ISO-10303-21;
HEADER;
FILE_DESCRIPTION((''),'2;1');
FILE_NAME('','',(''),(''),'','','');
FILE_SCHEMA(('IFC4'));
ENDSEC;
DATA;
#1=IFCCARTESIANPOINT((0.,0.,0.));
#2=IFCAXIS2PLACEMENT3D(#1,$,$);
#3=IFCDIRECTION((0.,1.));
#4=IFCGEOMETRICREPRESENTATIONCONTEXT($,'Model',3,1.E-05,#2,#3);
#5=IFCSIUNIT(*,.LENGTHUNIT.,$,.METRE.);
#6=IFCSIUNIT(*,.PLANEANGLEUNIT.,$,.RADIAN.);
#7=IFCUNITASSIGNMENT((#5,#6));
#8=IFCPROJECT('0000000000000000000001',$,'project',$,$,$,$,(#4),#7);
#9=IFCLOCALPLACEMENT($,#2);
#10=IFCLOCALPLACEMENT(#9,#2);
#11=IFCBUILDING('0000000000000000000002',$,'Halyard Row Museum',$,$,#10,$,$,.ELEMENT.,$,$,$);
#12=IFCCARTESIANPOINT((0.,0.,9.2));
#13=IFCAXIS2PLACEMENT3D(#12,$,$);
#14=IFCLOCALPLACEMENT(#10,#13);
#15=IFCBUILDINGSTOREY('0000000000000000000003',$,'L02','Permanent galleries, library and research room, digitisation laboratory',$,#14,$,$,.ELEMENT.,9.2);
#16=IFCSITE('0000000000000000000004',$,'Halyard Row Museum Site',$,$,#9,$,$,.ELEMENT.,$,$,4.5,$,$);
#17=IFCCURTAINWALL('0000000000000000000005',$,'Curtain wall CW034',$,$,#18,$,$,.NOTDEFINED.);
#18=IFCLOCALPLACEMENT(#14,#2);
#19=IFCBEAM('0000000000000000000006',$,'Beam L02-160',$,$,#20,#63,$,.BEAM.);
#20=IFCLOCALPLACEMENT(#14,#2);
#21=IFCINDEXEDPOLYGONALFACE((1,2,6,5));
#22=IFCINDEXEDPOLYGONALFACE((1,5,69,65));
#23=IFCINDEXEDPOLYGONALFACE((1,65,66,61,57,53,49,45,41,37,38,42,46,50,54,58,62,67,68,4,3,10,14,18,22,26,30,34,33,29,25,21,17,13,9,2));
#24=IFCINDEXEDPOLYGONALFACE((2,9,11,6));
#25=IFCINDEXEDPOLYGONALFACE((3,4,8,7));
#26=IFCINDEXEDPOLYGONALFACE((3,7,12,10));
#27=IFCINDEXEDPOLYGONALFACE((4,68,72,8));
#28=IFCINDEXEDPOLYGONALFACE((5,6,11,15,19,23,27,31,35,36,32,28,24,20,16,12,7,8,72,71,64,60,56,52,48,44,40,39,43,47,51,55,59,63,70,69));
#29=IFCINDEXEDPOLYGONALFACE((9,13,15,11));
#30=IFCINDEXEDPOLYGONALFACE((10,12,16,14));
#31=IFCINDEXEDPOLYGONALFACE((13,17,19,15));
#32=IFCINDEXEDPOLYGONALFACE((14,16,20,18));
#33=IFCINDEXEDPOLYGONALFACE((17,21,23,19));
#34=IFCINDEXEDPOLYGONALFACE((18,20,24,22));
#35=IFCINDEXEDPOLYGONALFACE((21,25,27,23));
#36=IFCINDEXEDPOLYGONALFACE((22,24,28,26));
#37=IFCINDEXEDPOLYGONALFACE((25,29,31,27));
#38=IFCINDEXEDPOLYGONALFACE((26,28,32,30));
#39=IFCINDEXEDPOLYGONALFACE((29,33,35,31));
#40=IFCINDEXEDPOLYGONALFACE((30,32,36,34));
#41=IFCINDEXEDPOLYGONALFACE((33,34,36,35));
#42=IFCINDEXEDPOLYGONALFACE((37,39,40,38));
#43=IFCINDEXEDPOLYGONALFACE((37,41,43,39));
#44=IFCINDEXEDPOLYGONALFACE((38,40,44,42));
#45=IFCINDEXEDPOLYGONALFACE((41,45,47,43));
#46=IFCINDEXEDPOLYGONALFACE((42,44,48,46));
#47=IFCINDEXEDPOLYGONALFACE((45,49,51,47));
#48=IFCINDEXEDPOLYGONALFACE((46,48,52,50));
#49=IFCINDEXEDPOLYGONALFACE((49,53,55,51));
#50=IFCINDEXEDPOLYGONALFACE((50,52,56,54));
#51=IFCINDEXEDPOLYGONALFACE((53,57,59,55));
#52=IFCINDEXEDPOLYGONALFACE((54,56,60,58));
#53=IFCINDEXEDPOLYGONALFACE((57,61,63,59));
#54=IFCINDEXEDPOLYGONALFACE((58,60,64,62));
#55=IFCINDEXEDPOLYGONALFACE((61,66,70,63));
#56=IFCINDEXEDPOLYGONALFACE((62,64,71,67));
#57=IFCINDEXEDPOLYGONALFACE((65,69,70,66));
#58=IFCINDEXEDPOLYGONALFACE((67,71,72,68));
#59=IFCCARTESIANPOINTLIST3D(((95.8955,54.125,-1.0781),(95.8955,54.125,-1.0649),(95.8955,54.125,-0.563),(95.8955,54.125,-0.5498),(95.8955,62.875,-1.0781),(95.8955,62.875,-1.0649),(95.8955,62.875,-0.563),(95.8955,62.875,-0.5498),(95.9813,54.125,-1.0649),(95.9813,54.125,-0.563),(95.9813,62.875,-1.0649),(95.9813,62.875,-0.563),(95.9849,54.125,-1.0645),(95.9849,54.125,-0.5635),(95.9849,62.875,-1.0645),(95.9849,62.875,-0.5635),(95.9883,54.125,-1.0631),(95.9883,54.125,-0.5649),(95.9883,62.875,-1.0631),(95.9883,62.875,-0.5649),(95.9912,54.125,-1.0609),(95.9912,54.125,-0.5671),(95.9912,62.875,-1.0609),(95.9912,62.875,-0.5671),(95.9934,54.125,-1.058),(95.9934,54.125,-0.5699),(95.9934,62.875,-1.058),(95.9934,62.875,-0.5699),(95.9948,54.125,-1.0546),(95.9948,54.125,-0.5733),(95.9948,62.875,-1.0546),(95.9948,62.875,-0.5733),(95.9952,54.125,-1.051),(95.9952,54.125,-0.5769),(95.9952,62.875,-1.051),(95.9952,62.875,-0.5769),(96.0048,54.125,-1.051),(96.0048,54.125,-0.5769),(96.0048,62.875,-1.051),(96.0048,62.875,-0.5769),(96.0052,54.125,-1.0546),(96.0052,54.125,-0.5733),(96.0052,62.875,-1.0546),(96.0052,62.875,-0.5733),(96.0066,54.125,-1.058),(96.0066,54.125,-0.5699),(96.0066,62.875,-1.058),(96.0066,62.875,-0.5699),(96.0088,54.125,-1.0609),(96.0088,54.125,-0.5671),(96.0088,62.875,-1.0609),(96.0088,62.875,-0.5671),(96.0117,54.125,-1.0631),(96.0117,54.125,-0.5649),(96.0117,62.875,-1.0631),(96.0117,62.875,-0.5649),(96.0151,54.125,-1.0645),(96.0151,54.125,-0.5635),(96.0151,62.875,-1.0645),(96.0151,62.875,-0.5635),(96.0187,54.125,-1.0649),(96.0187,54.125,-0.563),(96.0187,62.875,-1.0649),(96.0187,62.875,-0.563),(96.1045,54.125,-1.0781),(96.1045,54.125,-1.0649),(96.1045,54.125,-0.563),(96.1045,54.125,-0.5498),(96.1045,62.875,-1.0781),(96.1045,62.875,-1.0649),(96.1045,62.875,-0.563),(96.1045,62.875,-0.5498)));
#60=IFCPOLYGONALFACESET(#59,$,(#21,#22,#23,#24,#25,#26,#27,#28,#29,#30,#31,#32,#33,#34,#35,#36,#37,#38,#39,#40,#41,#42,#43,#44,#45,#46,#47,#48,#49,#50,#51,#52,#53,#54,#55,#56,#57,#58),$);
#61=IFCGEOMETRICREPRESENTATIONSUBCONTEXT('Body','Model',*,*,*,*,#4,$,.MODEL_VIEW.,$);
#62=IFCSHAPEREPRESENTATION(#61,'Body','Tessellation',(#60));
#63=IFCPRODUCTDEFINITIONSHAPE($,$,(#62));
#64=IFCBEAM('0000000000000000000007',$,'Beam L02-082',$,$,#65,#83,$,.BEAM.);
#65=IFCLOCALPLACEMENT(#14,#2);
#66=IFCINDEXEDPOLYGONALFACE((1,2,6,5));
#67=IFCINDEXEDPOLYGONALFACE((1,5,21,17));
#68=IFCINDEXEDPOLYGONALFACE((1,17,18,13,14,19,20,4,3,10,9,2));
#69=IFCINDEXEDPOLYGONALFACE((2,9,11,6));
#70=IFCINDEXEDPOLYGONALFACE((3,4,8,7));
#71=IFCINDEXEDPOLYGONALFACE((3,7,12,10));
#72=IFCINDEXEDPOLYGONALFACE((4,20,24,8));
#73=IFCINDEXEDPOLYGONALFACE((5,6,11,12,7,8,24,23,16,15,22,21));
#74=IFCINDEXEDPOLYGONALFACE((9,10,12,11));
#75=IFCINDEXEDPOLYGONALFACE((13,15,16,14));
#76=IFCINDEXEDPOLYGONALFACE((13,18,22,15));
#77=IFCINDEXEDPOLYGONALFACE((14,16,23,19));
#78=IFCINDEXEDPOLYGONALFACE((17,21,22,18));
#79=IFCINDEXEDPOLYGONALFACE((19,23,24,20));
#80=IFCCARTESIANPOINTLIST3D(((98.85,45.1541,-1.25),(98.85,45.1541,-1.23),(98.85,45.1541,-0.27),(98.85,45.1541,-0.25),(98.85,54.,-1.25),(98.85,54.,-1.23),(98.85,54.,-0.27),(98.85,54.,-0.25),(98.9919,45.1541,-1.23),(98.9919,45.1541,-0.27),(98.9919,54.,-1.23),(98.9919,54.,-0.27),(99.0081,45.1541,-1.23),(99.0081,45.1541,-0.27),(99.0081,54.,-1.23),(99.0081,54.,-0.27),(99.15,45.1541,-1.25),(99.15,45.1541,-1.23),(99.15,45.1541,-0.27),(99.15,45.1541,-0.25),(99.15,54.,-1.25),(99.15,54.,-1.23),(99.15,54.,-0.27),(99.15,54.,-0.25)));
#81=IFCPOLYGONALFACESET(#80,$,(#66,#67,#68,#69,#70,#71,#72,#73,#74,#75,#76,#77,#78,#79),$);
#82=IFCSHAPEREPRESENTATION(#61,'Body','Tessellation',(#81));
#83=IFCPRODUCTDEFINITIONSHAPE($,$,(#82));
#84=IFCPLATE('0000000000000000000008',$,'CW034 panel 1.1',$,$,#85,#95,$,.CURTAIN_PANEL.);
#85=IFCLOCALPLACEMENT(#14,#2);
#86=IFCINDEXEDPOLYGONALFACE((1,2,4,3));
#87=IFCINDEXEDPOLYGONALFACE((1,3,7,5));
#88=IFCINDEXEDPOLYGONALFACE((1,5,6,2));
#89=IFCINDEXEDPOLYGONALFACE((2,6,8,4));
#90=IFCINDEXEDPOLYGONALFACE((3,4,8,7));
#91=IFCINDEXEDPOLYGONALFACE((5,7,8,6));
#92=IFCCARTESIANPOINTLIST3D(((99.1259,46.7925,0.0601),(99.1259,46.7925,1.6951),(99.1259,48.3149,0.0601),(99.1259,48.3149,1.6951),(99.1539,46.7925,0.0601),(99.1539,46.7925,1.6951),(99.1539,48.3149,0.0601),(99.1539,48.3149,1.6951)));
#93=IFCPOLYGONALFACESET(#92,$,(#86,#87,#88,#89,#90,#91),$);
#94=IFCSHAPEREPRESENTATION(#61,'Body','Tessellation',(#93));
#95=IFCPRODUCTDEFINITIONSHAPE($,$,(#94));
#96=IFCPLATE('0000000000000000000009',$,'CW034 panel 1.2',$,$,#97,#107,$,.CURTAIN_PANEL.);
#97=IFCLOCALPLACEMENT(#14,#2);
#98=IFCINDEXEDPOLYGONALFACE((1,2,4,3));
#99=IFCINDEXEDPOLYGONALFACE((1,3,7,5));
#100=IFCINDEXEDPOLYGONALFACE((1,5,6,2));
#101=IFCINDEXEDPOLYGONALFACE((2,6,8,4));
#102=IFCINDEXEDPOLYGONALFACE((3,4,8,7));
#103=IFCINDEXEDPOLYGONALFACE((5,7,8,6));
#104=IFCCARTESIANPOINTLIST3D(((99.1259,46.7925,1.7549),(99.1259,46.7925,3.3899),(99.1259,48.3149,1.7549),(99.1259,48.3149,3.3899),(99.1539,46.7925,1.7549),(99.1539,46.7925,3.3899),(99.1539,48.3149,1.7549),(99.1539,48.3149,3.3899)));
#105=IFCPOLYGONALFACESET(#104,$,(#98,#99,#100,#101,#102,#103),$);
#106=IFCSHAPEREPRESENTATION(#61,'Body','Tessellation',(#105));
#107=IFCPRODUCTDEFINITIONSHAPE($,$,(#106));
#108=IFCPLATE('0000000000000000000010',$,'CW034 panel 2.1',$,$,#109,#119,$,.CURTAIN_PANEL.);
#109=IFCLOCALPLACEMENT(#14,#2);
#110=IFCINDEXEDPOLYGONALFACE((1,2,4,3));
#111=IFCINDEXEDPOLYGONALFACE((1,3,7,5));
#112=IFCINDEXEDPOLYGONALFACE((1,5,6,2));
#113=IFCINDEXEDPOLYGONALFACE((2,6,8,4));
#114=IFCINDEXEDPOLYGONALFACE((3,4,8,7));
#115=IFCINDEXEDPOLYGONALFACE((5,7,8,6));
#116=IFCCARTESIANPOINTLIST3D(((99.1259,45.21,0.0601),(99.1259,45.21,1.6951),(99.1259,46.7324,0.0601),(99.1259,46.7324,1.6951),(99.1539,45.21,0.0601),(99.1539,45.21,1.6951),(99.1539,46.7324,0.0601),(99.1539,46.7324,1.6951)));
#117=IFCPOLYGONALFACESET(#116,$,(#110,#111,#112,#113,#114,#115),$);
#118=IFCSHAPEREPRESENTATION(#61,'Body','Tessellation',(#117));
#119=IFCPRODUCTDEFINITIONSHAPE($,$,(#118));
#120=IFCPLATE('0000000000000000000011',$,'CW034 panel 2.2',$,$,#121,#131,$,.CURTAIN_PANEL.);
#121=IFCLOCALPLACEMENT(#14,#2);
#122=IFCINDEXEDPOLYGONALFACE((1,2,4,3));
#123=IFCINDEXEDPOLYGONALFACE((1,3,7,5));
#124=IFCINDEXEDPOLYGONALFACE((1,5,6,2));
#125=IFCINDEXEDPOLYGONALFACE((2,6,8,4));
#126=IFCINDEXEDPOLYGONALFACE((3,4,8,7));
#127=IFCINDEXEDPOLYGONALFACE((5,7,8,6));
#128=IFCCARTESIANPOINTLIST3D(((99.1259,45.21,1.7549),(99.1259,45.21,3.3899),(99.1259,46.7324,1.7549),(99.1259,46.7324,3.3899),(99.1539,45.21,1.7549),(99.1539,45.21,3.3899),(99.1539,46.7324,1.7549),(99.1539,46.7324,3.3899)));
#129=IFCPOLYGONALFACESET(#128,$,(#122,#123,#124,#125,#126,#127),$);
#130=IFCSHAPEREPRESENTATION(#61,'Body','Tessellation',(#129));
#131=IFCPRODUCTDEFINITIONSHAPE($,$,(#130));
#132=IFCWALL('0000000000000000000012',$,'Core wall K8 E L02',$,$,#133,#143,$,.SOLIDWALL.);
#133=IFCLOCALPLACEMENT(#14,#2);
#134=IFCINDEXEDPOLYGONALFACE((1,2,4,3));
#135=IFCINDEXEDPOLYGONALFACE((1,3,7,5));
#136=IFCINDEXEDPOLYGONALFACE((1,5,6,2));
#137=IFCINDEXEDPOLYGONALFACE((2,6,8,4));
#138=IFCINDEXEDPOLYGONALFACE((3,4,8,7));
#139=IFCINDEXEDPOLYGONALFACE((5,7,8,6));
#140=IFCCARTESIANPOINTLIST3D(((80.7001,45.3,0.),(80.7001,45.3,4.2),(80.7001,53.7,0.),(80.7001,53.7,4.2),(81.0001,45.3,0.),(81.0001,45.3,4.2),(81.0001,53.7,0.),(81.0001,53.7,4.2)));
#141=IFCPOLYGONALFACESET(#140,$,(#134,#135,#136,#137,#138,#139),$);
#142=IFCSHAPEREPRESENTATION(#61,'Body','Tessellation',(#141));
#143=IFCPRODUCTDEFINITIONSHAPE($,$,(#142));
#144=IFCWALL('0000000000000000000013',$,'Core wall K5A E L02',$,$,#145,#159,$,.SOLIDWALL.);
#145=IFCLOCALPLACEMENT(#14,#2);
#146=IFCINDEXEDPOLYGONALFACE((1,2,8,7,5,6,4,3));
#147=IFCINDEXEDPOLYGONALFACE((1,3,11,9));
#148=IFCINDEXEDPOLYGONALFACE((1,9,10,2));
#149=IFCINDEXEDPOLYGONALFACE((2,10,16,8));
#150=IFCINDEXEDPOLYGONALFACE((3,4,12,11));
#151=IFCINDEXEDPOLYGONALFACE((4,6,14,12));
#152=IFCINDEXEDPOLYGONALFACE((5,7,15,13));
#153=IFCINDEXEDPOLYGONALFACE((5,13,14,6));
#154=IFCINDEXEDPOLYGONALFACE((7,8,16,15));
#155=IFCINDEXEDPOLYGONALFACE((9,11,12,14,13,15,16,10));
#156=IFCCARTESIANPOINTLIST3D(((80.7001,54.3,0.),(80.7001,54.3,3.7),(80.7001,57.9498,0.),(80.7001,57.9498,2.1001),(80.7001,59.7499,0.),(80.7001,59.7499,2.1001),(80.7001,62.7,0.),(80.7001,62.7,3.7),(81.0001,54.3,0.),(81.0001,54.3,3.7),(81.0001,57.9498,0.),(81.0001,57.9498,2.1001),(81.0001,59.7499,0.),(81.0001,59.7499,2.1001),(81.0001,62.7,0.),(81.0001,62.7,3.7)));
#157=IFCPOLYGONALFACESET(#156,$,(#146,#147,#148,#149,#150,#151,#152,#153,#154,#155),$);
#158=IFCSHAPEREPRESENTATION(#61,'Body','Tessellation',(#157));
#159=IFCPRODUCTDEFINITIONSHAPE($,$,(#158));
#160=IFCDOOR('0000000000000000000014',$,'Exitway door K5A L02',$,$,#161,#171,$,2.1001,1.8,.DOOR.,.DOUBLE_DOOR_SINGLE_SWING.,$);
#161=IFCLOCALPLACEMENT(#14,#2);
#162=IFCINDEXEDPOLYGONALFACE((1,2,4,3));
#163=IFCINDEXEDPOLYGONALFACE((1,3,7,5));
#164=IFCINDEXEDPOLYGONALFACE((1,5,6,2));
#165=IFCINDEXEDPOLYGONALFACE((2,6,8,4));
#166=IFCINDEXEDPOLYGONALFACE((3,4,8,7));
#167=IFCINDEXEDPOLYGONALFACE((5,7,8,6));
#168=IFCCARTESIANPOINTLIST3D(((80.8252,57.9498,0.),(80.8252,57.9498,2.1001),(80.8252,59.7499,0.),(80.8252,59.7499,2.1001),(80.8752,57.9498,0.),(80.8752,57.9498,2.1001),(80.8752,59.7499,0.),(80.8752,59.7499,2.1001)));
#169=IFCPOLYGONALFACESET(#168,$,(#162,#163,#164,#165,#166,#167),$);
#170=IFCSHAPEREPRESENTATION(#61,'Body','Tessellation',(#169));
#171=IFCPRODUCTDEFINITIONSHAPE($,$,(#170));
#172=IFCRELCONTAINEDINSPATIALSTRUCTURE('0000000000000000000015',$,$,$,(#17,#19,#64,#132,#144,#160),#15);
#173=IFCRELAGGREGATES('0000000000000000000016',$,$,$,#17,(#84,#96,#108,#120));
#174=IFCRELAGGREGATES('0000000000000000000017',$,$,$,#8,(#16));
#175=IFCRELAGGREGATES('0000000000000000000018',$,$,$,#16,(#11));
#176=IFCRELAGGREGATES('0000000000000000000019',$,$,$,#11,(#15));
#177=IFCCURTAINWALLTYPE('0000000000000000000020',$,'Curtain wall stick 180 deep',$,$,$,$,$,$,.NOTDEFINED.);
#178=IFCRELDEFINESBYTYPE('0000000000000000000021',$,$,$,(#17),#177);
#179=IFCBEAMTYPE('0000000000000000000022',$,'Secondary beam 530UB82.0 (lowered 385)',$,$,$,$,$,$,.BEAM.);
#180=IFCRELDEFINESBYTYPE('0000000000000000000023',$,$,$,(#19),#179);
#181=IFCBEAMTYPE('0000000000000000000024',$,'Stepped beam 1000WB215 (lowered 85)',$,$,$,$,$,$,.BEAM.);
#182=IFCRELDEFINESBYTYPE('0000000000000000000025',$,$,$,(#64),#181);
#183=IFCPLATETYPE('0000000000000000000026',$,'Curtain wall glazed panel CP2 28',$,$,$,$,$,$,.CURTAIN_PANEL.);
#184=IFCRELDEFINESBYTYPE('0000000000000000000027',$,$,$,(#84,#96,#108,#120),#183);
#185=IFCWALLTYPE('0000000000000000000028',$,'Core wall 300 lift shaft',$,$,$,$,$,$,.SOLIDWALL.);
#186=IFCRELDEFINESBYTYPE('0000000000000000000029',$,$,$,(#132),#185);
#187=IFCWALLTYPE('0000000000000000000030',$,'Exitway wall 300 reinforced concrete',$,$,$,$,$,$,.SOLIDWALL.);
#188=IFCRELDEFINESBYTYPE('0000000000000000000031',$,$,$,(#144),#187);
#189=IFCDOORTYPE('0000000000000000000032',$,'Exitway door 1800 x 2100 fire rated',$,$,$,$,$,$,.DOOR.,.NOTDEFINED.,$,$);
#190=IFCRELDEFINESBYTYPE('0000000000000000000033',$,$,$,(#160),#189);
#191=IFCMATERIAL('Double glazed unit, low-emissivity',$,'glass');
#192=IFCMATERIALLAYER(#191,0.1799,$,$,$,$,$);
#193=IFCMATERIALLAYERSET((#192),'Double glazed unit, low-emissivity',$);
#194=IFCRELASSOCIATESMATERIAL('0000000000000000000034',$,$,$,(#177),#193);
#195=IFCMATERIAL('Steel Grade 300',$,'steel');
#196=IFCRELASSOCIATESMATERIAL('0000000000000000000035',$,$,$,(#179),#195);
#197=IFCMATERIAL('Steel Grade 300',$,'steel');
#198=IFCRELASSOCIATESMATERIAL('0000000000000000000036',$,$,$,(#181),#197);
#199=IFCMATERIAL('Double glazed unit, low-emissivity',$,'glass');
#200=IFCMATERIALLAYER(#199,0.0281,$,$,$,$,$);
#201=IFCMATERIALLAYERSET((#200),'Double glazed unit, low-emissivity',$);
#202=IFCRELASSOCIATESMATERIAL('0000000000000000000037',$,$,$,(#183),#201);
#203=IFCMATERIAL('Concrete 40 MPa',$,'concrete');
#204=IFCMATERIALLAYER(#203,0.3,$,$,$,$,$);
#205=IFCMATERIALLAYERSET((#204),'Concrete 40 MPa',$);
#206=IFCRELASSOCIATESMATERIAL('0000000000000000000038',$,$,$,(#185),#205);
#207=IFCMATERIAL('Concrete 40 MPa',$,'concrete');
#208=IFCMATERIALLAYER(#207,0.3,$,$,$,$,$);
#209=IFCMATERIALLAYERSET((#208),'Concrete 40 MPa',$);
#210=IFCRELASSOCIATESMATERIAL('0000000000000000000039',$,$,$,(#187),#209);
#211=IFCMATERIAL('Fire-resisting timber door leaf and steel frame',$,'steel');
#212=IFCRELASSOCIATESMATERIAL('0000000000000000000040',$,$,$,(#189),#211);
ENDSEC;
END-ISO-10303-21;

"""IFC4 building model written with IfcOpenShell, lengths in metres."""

from ifc_helpers import new_model, si_unit, direction, frame, frame_2d, origin, origin_2d, place, context, subcontext, project, spatial, rectangle, i_section, extrude, material, layer, layer_set, material_profile, profile_set, type_object, element, fill, aggregate, save


model = new_model("IFC4")

# Units and contexts
model_context = context("Model", 3, precision=1e-05, world=origin(), true_north=direction((0.0, 1.0)))
body_context = subcontext(model_context, "Body", "Model", "MODEL_VIEW")
ifc_project = project(units=[si_unit("LENGTHUNIT", "METRE"), si_unit("PLANEANGLEUNIT", "RADIAN")], contexts=[model_context])

# Site, building, storey
site_placement = place(None, origin())
site = spatial("IfcSite", under=ifc_project, at=site_placement, Name="Halyard Row Museum Site", CompositionType="ELEMENT", RefElevation=4.5)
building_placement = place(site_placement, origin())
building = spatial("IfcBuilding", under=site, at=building_placement, Name="Halyard Row Museum", CompositionType="ELEMENT")
storey_placement = place(building_placement, frame((0.0, 0.0, 9.2)))
storey = spatial("IfcBuildingStorey", under=building, at=storey_placement, Name="L02", Description="Permanent galleries, library and research room, digitisation laboratory", CompositionType="ELEMENT", Elevation=9.2)

# Curtain wall
ifc_material_1 = material(Name="Double glazed unit, low-emissivity", Category="glass")
ifc_layer_1 = layer(ifc_material_1, 0.1799)
ifc_layer_set_1 = layer_set([ifc_layer_1], Name="Double glazed unit, low-emissivity")
curtain_wall_type = type_object("IfcCurtainWallType", Name="Curtain wall stick 180 deep", PredefinedType="NOTDEFINED", material=ifc_layer_set_1)
curtain_wall_placement = place(storey_placement, origin())
curtain_wall = element("IfcCurtainWall", 1, at=curtain_wall_placement, inside=storey, type_object=curtain_wall_type, Name="Curtain wall CW034", PredefinedType="NOTDEFINED")

# Beams
ifc_material_2 = material(Name="Steel Grade 300", Category="steel")
ifc_material_profile_1 = material_profile(ifc_material_2, i_section(OverallWidth=0.209, OverallDepth=0.5283, WebThickness=0.0095, FlangeThickness=0.0132, FilletRadius=0.0139, at=origin_2d()), Name="530UB82.0")
ifc_profile_set_1 = profile_set([ifc_material_profile_1], Name="Steel Grade 300")
beam_type_1 = type_object("IfcBeamType", Name="Secondary beam 530UB82.0 (lowered 385)", PredefinedType="BEAM", material=ifc_profile_set_1)
for number, where, z_axis, x_axis, name in (
    (2, (96.0, 54.125, -0.814), (0.0, 1.0, 0.0), (-1.0, 0.0, 0.0), "Beam L02-160"),
):
    element("IfcBeam", number, at=place(storey_placement, frame(where, z_axis=z_axis, x_axis=x_axis)), inside=storey, type_object=beam_type_1, Name=name, PredefinedType="BEAM", context=body_context, shape_type="SweptSolid", body=[
        extrude(i_section(OverallWidth=0.209, OverallDepth=0.5283, WebThickness=0.0095, FlangeThickness=0.0132, FilletRadius=0.0139, at=origin_2d()), origin(), (0.0, 0.0, 1.0), 8.75),
    ])
ifc_material_3 = material(Name="Steel Grade 300", Category="steel")
ifc_material_profile_2 = material_profile(ifc_material_3, i_section(OverallWidth=0.3, OverallDepth=1.0, WebThickness=0.0161, FlangeThickness=0.02, at=origin_2d()), Name="1000WB215")
ifc_profile_set_2 = profile_set([ifc_material_profile_2], Name="Steel Grade 300")
beam_type_2 = type_object("IfcBeamType", Name="Stepped beam 1000WB215 (lowered 85)", PredefinedType="BEAM", material=ifc_profile_set_2)
beam_1_placement = place(storey_placement, frame((99.0, 45.1541, -0.75), z_axis=(0.0, 1.0, 0.0), x_axis=(-1.0, 0.0, 0.0)))
element("IfcBeam", 3, at=beam_1_placement, inside=storey, type_object=beam_type_2, Name="Beam L02-082", PredefinedType="BEAM", context=body_context, shape_type="SweptSolid", body=[
    extrude(i_section(OverallWidth=0.3, OverallDepth=1.0, WebThickness=0.0161, FlangeThickness=0.02, at=origin_2d()), origin(), (0.0, 0.0, 1.0), 8.8459),
])

# Plates
ifc_material_4 = material(Name="Double glazed unit, low-emissivity", Category="glass")
ifc_layer_2 = layer(ifc_material_4, 0.0281)
ifc_layer_set_2 = layer_set([ifc_layer_2], Name="Double glazed unit, low-emissivity")
plate_type = type_object("IfcPlateType", Name="Curtain wall glazed panel CP2 28", PredefinedType="CURTAIN_PANEL", material=ifc_layer_set_2)
plate_1_placement = place(storey_placement, frame((99.1399, 47.5537, 0.0601), z_axis=(0.0, 0.0, 1.0), x_axis=(0.0, -1.0, 0.0)))
plate_1 = element("IfcPlate", 4, at=plate_1_placement, type_object=plate_type, Name="CW034 panel 1.1", PredefinedType="CURTAIN_PANEL", context=body_context, shape_type="SweptSolid", body=[
    extrude(rectangle(XDim=1.5225, YDim=0.0281, at=origin_2d()), origin(), (0.0, 0.0, 1.0), 1.635),
])
plate_2_placement = place(storey_placement, frame((99.1399, 47.5537, 1.7549), z_axis=(0.0, 0.0, 1.0), x_axis=(0.0, -1.0, 0.0)))
plate_2 = element("IfcPlate", 5, at=plate_2_placement, type_object=plate_type, Name="CW034 panel 1.2", PredefinedType="CURTAIN_PANEL", context=body_context, shape_type="SweptSolid", body=[
    extrude(rectangle(XDim=1.5225, YDim=0.0281, at=origin_2d()), origin(), (0.0, 0.0, 1.0), 1.635),
])
plate_3_placement = place(storey_placement, frame((99.1399, 45.9712, 0.0601), z_axis=(0.0, 0.0, 1.0), x_axis=(0.0, -1.0, 0.0)))
plate_3 = element("IfcPlate", 6, at=plate_3_placement, type_object=plate_type, Name="CW034 panel 2.1", PredefinedType="CURTAIN_PANEL", context=body_context, shape_type="SweptSolid", body=[
    extrude(rectangle(XDim=1.5225, YDim=0.0281, at=origin_2d()), origin(), (0.0, 0.0, 1.0), 1.635),
])
plate_4_placement = place(storey_placement, frame((99.1399, 45.9712, 1.7549), z_axis=(0.0, 0.0, 1.0), x_axis=(0.0, -1.0, 0.0)))
plate_4 = element("IfcPlate", 7, at=plate_4_placement, type_object=plate_type, Name="CW034 panel 2.2", PredefinedType="CURTAIN_PANEL", context=body_context, shape_type="SweptSolid", body=[
    extrude(rectangle(XDim=1.5225, YDim=0.0281, at=origin_2d()), origin(), (0.0, 0.0, 1.0), 1.635),
])
aggregate(curtain_wall, [plate_1, plate_2, plate_3, plate_4])

# Wall
ifc_material_5 = material(Name="Concrete 40 MPa", Category="concrete")
ifc_layer_3 = layer(ifc_material_5, 0.3)
ifc_layer_set_3 = layer_set([ifc_layer_3], Name="Concrete 40 MPa")
wall_type_1 = type_object("IfcWallType", Name="Core wall 300 lift shaft", PredefinedType="SOLIDWALL", material=ifc_layer_set_3)
wall_1_placement = place(storey_placement, frame((80.8501, 45.3, 0.0), z_axis=(0.0, 0.0, 1.0), x_axis=(0.0, 1.0, 0.0)))
element("IfcWall", 8, at=wall_1_placement, inside=storey, type_object=wall_type_1, Name="Core wall K8 E L02", PredefinedType="SOLIDWALL", context=body_context, shape_type="SweptSolid", body=[
    extrude(rectangle(XDim=8.3999, YDim=0.3, at=frame_2d((4.2, 0.0))), origin(), (0.0, 0.0, 1.0), 4.2),
])

# Wall, opening, door
ifc_material_6 = material(Name="Concrete 40 MPa", Category="concrete")
ifc_layer_4 = layer(ifc_material_6, 0.3)
ifc_layer_set_4 = layer_set([ifc_layer_4], Name="Concrete 40 MPa")
wall_type_2 = type_object("IfcWallType", Name="Exitway wall 300 reinforced concrete", PredefinedType="SOLIDWALL", material=ifc_layer_set_4)
wall_2_placement = place(storey_placement, frame((80.8501, 54.3, 0.0), z_axis=(0.0, 0.0, 1.0), x_axis=(0.0, 1.0, 0.0)))
wall_2 = element("IfcWall", 9, at=wall_2_placement, inside=storey, type_object=wall_type_2, Name="Core wall K5A E L02", PredefinedType="SOLIDWALL", context=body_context, shape_type="SweptSolid", body=[
    extrude(rectangle(XDim=8.3999, YDim=0.3, at=frame_2d((4.2, 0.0))), origin(), (0.0, 0.0, 1.0), 3.7),
])
opening_1_placement = place(wall_2_placement, frame((3.6499, 0.0, 0.0)))
opening_1 = element("IfcOpeningElement", 10, at=opening_1_placement, cuts=wall_2, PredefinedType="OPENING", context=body_context, shape_type="SweptSolid", body=[
    extrude(rectangle(XDim=1.8, YDim=2.1001, at=frame_2d((0.8999, 1.05))), frame((0.0, 0.1599, 0.0), z_axis=(0.0, -1.0, 0.0), x_axis=(1.0, 0.0, 0.0)), (0.0, 0.0, 1.0), 0.3201),
])
ifc_material_7 = material(Name="Fire-resisting timber door leaf and steel frame", Category="steel")
door_type = type_object("IfcDoorType", Name="Exitway door 1800 x 2100 fire rated", OperationType="NOTDEFINED", PredefinedType="DOOR", material=ifc_material_7)
door_1_placement = place(opening_1_placement, origin())
door_1 = element("IfcDoor", 11, at=door_1_placement, inside=storey, type_object=door_type, Name="Exitway door K5A L02", OperationType="DOUBLE_DOOR_SINGLE_SWING", OverallHeight=2.1001, OverallWidth=1.8, PredefinedType="DOOR", context=body_context, shape_type="SweptSolid", body=[
    extrude(rectangle(XDim=1.8, YDim=2.1001, at=frame_2d((0.8999, 1.05))), frame((0.0, 0.0249, 0.0), z_axis=(0.0, -1.0, 0.0), x_axis=(1.0, 0.0, 0.0)), (0.0, 0.0, 1.0), 0.05),
])
fill(opening_1, door_1)

save(model, "model.ifc")
